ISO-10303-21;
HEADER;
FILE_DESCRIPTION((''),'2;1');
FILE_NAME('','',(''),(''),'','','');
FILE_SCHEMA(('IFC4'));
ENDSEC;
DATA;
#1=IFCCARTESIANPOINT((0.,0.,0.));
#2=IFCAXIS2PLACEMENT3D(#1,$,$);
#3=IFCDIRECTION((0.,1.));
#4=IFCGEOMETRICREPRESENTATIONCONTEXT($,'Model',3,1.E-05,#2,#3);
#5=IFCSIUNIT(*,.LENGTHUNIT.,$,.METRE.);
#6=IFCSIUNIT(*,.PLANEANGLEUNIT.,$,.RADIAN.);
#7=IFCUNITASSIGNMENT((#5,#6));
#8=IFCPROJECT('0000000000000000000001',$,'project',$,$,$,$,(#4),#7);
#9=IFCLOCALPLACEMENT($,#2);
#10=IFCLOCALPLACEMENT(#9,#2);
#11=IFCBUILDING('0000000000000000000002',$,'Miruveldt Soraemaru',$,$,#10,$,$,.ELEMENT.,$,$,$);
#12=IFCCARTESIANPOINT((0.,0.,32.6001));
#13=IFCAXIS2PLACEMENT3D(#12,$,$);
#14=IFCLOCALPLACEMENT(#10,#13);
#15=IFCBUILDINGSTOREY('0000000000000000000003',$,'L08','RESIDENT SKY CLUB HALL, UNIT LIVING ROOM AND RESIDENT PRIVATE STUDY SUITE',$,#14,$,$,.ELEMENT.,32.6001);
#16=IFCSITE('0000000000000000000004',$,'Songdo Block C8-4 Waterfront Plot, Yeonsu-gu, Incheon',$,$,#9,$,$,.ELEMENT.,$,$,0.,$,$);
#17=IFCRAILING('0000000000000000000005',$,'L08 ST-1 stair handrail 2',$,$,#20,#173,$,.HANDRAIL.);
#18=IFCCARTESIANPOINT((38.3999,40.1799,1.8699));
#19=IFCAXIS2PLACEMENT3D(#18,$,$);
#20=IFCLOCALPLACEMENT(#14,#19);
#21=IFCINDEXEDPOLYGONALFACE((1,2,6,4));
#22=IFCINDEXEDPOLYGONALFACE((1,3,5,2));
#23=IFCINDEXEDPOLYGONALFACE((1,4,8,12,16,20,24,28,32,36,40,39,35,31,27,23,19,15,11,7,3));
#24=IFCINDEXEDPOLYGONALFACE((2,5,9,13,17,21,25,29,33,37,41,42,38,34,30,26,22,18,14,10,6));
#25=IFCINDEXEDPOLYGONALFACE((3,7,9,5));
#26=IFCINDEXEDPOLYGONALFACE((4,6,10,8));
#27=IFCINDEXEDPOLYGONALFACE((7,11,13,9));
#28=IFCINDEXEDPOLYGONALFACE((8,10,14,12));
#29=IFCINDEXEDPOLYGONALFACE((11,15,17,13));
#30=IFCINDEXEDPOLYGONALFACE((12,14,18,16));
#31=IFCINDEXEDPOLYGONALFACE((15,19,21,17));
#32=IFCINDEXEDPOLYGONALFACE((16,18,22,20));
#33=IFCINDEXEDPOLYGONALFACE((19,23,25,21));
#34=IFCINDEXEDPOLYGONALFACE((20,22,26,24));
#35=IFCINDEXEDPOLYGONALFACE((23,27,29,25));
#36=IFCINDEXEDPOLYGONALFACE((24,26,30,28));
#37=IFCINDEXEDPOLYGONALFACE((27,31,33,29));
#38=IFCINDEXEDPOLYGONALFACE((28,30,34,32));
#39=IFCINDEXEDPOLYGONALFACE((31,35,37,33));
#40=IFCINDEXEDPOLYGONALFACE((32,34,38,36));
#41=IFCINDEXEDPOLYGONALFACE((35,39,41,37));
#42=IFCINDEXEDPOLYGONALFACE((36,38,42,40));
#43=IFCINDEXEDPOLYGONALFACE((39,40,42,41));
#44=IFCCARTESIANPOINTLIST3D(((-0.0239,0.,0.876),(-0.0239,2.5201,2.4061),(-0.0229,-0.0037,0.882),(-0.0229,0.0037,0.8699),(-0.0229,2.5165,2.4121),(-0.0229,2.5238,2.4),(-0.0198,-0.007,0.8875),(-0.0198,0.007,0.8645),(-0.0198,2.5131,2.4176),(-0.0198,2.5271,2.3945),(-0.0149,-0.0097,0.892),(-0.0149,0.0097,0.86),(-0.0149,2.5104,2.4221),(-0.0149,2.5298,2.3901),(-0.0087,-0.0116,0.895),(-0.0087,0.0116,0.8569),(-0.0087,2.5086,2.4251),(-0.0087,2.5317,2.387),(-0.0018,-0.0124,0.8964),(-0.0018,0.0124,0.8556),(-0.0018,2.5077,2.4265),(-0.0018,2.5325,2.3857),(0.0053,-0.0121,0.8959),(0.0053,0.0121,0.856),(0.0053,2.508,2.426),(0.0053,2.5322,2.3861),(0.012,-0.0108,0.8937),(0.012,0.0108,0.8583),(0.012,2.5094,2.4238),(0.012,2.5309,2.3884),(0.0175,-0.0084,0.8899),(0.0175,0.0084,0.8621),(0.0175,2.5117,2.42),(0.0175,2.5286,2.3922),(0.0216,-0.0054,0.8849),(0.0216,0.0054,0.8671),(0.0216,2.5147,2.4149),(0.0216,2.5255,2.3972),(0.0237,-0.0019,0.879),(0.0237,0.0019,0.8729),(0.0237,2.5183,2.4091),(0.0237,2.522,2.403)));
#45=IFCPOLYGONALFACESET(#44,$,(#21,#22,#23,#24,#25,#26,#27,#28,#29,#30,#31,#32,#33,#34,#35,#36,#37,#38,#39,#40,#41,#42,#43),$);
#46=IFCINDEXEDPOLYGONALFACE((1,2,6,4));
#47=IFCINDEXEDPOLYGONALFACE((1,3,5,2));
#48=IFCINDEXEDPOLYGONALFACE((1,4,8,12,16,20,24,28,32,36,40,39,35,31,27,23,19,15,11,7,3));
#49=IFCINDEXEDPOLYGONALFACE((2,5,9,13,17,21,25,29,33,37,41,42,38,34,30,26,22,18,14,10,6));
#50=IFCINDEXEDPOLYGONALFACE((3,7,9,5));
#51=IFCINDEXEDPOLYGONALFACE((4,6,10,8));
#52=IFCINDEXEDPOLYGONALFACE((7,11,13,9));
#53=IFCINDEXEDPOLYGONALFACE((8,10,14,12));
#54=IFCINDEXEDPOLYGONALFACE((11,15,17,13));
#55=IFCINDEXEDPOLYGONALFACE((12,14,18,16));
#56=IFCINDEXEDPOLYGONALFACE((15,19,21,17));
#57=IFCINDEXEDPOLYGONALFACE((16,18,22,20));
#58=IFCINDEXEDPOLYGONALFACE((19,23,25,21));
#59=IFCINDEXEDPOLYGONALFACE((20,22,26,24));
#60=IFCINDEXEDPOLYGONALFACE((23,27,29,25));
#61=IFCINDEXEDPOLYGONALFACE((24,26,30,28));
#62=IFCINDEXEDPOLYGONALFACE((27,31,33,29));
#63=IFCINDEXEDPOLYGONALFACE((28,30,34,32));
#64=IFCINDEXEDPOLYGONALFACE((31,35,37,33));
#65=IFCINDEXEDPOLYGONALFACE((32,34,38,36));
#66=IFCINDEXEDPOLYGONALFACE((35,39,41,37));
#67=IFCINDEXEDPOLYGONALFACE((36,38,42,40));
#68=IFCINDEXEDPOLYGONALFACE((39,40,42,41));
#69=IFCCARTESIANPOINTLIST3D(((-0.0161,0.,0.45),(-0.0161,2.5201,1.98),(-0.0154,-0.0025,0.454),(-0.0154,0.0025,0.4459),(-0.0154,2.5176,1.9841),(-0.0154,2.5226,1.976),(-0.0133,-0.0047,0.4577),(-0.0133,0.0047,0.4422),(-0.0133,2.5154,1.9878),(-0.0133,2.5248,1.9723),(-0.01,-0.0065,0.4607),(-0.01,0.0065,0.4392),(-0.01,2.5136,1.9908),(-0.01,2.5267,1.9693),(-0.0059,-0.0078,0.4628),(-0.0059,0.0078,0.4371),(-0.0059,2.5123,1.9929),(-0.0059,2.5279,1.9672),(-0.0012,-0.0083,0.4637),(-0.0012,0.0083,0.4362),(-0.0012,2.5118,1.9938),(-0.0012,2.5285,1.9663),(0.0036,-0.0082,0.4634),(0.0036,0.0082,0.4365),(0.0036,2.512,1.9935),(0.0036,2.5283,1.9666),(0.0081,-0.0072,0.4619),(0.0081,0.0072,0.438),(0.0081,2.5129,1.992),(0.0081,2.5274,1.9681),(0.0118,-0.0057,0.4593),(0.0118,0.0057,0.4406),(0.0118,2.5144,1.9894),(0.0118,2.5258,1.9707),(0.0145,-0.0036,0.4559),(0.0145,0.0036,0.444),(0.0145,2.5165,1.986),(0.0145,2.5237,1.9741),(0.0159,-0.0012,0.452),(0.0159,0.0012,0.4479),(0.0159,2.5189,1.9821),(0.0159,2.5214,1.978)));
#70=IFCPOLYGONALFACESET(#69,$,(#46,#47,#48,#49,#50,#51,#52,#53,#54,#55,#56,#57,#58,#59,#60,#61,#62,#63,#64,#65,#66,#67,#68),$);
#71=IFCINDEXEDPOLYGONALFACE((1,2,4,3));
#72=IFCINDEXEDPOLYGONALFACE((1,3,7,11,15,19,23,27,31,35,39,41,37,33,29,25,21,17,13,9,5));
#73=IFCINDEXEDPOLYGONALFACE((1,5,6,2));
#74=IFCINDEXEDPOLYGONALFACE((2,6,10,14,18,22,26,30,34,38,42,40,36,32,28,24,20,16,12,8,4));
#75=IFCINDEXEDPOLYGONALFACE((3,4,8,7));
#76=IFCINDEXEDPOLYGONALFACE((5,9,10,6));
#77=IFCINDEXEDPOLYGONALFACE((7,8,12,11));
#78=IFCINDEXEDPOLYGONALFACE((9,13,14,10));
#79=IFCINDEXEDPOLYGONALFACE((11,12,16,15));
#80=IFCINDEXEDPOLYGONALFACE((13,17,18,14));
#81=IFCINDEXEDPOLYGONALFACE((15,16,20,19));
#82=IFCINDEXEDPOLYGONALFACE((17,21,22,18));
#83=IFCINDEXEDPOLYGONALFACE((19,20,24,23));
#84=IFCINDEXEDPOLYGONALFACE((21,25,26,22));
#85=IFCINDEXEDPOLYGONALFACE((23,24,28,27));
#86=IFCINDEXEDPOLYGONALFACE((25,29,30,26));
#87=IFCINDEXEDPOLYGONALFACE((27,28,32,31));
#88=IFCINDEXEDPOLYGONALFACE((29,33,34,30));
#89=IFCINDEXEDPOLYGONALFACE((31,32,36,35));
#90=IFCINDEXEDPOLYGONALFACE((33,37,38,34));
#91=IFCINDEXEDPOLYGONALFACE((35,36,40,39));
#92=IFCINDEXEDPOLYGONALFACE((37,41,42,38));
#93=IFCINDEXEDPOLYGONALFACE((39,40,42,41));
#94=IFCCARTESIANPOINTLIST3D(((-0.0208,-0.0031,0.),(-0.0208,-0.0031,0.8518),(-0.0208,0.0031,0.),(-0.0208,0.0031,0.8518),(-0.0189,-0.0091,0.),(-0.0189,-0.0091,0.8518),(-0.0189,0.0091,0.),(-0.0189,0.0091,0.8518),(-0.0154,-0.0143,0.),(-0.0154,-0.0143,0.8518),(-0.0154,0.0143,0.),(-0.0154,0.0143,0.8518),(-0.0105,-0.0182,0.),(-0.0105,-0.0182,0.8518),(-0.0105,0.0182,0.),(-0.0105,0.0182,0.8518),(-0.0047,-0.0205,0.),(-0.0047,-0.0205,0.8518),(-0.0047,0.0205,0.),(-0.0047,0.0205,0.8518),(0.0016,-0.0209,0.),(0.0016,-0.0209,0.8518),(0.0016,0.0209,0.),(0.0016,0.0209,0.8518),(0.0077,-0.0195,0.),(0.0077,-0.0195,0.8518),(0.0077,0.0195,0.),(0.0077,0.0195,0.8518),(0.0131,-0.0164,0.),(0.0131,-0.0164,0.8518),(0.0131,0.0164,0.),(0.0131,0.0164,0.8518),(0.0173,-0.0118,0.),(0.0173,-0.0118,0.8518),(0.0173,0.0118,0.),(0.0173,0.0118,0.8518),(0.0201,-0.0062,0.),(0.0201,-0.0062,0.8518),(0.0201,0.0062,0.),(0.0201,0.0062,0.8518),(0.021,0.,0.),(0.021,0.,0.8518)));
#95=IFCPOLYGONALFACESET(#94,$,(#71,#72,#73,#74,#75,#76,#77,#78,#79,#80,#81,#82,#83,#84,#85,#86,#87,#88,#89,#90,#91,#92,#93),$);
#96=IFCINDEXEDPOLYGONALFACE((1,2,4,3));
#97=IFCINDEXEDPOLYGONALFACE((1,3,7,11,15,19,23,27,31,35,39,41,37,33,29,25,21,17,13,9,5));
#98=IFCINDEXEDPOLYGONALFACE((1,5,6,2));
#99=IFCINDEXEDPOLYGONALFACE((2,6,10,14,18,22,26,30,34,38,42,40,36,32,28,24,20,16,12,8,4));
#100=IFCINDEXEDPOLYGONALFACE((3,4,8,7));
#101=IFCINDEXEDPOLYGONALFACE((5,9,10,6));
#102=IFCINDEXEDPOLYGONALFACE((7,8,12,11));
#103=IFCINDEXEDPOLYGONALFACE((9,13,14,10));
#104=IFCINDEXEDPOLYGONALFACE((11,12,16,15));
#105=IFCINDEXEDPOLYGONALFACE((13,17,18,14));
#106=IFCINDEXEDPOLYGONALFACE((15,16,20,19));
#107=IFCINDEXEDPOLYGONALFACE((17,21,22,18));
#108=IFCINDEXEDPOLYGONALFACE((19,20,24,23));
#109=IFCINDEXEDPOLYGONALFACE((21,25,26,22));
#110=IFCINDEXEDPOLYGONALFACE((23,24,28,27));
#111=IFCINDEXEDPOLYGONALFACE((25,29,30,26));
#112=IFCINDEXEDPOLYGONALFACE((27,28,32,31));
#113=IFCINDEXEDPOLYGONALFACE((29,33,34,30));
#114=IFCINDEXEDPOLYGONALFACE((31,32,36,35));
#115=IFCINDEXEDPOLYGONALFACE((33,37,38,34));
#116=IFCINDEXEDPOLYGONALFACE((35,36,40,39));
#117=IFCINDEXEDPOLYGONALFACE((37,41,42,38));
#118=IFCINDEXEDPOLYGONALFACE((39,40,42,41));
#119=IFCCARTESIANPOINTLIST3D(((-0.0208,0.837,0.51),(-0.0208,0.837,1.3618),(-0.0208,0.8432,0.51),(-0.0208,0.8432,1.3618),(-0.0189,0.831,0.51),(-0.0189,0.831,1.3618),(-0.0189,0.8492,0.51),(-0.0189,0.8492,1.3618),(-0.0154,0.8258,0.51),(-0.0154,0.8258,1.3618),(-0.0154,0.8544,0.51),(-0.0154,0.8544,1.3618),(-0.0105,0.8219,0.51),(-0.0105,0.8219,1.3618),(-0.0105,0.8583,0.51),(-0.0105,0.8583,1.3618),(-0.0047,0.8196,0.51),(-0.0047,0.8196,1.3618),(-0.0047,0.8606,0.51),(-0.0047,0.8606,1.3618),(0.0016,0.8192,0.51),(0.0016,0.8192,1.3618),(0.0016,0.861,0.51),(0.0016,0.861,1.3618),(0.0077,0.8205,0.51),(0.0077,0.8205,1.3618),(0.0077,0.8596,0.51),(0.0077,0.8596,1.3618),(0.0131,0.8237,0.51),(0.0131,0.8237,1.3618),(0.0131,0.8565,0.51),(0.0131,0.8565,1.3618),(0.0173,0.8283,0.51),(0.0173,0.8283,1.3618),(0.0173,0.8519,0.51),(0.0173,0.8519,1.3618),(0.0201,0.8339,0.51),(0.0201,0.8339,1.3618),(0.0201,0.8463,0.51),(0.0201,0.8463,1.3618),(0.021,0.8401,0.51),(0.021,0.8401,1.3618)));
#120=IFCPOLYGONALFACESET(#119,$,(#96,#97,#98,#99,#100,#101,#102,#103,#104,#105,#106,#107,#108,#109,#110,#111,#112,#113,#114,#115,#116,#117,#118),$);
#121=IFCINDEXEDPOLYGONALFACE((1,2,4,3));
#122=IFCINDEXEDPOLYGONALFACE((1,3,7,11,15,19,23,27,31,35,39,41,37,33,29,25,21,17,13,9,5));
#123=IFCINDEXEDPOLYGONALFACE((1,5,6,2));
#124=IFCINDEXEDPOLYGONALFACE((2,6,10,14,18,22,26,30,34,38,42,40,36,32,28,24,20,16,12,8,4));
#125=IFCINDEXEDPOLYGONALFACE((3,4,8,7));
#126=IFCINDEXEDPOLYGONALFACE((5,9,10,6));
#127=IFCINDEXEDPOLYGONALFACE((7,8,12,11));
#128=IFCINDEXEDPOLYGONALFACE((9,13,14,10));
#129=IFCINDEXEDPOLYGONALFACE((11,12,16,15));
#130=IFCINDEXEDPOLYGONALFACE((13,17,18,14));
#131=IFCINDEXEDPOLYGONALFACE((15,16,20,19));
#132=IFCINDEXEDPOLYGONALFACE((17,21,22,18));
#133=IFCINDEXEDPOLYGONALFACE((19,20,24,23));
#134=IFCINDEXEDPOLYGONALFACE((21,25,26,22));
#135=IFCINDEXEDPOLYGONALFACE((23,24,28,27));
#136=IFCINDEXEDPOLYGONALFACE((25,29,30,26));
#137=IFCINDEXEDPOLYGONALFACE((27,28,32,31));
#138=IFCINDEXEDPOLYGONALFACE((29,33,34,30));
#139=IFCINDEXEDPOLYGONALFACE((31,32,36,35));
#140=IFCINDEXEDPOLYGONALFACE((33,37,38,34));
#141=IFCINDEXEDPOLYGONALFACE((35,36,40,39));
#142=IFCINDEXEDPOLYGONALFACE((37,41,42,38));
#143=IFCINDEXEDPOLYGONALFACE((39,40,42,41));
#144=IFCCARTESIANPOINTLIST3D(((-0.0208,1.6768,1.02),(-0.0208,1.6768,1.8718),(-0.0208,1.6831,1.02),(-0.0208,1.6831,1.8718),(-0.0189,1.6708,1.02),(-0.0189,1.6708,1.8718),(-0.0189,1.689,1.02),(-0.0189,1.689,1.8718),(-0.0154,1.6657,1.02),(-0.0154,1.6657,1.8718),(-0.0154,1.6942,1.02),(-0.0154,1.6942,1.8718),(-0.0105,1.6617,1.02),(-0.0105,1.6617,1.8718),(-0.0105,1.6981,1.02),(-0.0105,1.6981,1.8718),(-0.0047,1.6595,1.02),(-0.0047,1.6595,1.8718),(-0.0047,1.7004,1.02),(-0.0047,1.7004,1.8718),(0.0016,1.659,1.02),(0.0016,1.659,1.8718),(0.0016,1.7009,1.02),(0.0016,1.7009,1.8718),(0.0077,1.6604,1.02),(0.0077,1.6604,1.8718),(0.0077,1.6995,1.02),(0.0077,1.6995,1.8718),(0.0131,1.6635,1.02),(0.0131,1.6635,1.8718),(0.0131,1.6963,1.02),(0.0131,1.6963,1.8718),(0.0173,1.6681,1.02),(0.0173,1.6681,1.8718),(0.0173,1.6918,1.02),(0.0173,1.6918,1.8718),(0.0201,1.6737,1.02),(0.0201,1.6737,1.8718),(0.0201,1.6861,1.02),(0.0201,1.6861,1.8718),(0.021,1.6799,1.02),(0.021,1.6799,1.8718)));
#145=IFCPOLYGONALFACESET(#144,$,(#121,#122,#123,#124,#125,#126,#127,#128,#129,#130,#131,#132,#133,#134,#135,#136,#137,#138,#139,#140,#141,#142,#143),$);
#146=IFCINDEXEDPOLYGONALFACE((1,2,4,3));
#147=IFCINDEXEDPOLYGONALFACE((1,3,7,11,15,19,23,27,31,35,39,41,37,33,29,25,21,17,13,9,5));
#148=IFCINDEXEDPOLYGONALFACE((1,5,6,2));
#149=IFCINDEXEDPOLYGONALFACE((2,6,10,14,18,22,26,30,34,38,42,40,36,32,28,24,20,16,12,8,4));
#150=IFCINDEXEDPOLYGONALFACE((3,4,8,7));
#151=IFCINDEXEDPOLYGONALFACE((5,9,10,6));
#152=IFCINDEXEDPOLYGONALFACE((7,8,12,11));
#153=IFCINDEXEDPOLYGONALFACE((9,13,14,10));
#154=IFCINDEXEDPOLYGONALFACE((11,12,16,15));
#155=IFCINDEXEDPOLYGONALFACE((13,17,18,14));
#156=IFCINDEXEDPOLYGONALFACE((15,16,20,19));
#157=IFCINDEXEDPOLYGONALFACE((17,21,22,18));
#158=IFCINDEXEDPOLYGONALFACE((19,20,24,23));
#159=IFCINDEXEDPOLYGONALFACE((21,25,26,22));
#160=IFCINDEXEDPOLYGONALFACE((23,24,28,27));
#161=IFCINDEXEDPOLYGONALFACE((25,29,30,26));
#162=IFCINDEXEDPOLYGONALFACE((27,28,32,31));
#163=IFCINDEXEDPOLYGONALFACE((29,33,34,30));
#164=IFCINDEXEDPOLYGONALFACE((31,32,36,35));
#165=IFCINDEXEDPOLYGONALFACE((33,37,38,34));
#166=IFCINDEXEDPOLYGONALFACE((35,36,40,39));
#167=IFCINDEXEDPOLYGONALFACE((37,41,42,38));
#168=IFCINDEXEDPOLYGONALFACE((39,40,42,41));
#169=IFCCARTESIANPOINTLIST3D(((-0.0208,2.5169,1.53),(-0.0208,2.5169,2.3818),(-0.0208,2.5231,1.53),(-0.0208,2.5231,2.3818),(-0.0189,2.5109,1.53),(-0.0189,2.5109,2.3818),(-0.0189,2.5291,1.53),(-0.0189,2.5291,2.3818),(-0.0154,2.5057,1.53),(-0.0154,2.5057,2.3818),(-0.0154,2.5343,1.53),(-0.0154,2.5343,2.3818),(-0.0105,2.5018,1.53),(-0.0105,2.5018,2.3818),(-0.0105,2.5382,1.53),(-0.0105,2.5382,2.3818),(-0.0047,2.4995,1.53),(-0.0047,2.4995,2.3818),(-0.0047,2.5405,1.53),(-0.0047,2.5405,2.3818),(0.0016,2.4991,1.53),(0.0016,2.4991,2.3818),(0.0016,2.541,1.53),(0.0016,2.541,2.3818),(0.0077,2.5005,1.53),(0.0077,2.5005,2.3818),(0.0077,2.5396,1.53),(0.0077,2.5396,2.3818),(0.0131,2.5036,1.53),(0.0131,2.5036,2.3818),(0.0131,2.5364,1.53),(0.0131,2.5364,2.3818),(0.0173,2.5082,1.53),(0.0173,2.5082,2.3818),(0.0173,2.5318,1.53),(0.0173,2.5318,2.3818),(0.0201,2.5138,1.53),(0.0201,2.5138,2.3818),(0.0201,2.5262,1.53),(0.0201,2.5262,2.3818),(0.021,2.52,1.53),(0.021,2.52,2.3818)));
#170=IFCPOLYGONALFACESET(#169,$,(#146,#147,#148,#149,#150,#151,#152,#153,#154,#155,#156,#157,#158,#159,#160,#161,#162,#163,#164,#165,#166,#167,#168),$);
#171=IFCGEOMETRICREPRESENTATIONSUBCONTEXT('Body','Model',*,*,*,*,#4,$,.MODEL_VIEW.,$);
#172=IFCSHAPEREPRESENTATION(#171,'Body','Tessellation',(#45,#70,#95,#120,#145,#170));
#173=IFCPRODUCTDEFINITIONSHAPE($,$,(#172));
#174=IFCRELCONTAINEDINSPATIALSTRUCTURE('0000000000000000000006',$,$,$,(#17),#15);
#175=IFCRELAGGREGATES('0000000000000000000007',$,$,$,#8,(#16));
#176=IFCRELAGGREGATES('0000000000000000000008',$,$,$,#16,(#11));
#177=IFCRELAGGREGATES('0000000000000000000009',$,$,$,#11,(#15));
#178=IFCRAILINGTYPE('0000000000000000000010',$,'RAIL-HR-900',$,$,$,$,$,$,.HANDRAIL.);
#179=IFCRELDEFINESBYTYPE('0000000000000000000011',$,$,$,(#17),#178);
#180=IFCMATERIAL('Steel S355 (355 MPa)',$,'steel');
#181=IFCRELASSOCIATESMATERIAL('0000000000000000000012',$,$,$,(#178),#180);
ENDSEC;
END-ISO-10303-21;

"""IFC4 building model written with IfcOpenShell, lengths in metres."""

from ifc_helpers import new_model, si_unit, direction, frame, origin, origin_2d, place, context, subcontext, project, spatial, circle, extrude, material, type_object, element, save


model = new_model("IFC4")

# Units and contexts
model_context = context("Model", 3, precision=1e-05, world=origin(), true_north=direction((0.0, 1.0)))
body_context = subcontext(model_context, "Body", "Model", "MODEL_VIEW")
ifc_project = project(units=[si_unit("LENGTHUNIT", "METRE"), si_unit("PLANEANGLEUNIT", "RADIAN")], contexts=[model_context])

# Site, building, storey
site_placement = place(None, origin())
site = spatial("IfcSite", under=ifc_project, at=site_placement, Name="Songdo Block C8-4 Waterfront Plot, Yeonsu-gu, Incheon", CompositionType="ELEMENT", RefElevation=0.0)
building_placement = place(site_placement, origin())
building = spatial("IfcBuilding", under=site, at=building_placement, Name="Miruveldt Soraemaru", CompositionType="ELEMENT")
storey_placement = place(building_placement, frame((0.0, 0.0, 32.6001)))
storey = spatial("IfcBuildingStorey", under=building, at=storey_placement, Name="L08", Description="RESIDENT SKY CLUB HALL, UNIT LIVING ROOM AND RESIDENT PRIVATE STUDY SUITE", CompositionType="ELEMENT", Elevation=32.6001)

# Railing
ifc_material_1 = material(Name="Steel S355 (355 MPa)", Category="steel")
railing_type_1 = type_object("IfcRailingType", Name="RAIL-HR-900", PredefinedType="HANDRAIL", material=ifc_material_1)
railing_1_placement = place(storey_placement, frame((38.3999, 40.1799, 1.8699)))
element("IfcRailing", 1, at=railing_1_placement, inside=storey, type_object=railing_type_1, Name="L08 ST-1 stair handrail 2", PredefinedType="HANDRAIL", context=body_context, shape_type="SweptSolid", body=[
    extrude(circle(Radius=0.0239, at=origin_2d()), frame((0.0, 0.0, 0.876), z_axis=(0.0, 0.854785, 0.518982), x_axis=(-1.0, 0.0, 0.0)), (0.0, 0.0, 1.0), 2.9482),
    extrude(circle(Radius=0.0161, at=origin_2d()), frame((0.0, 0.0, 0.45), z_axis=(0.0, 0.854785, 0.518982), x_axis=(-1.0, 0.0, 0.0)), (0.0, 0.0, 1.0), 2.9482),
    extrude(circle(Radius=0.021, at=origin_2d()), origin(), (0.0, 0.0, 1.0), 0.8518),
    extrude(circle(Radius=0.021, at=origin_2d()), frame((0.0, 0.8401, 0.51)), (0.0, 0.0, 1.0), 0.8518),
    extrude(circle(Radius=0.021, at=origin_2d()), frame((0.0, 1.6799, 1.02)), (0.0, 0.0, 1.0), 0.8518),
    extrude(circle(Radius=0.021, at=origin_2d()), frame((0.0, 2.52, 1.53)), (0.0, 0.0, 1.0), 0.8518),
])

save(model, "model.ifc")
